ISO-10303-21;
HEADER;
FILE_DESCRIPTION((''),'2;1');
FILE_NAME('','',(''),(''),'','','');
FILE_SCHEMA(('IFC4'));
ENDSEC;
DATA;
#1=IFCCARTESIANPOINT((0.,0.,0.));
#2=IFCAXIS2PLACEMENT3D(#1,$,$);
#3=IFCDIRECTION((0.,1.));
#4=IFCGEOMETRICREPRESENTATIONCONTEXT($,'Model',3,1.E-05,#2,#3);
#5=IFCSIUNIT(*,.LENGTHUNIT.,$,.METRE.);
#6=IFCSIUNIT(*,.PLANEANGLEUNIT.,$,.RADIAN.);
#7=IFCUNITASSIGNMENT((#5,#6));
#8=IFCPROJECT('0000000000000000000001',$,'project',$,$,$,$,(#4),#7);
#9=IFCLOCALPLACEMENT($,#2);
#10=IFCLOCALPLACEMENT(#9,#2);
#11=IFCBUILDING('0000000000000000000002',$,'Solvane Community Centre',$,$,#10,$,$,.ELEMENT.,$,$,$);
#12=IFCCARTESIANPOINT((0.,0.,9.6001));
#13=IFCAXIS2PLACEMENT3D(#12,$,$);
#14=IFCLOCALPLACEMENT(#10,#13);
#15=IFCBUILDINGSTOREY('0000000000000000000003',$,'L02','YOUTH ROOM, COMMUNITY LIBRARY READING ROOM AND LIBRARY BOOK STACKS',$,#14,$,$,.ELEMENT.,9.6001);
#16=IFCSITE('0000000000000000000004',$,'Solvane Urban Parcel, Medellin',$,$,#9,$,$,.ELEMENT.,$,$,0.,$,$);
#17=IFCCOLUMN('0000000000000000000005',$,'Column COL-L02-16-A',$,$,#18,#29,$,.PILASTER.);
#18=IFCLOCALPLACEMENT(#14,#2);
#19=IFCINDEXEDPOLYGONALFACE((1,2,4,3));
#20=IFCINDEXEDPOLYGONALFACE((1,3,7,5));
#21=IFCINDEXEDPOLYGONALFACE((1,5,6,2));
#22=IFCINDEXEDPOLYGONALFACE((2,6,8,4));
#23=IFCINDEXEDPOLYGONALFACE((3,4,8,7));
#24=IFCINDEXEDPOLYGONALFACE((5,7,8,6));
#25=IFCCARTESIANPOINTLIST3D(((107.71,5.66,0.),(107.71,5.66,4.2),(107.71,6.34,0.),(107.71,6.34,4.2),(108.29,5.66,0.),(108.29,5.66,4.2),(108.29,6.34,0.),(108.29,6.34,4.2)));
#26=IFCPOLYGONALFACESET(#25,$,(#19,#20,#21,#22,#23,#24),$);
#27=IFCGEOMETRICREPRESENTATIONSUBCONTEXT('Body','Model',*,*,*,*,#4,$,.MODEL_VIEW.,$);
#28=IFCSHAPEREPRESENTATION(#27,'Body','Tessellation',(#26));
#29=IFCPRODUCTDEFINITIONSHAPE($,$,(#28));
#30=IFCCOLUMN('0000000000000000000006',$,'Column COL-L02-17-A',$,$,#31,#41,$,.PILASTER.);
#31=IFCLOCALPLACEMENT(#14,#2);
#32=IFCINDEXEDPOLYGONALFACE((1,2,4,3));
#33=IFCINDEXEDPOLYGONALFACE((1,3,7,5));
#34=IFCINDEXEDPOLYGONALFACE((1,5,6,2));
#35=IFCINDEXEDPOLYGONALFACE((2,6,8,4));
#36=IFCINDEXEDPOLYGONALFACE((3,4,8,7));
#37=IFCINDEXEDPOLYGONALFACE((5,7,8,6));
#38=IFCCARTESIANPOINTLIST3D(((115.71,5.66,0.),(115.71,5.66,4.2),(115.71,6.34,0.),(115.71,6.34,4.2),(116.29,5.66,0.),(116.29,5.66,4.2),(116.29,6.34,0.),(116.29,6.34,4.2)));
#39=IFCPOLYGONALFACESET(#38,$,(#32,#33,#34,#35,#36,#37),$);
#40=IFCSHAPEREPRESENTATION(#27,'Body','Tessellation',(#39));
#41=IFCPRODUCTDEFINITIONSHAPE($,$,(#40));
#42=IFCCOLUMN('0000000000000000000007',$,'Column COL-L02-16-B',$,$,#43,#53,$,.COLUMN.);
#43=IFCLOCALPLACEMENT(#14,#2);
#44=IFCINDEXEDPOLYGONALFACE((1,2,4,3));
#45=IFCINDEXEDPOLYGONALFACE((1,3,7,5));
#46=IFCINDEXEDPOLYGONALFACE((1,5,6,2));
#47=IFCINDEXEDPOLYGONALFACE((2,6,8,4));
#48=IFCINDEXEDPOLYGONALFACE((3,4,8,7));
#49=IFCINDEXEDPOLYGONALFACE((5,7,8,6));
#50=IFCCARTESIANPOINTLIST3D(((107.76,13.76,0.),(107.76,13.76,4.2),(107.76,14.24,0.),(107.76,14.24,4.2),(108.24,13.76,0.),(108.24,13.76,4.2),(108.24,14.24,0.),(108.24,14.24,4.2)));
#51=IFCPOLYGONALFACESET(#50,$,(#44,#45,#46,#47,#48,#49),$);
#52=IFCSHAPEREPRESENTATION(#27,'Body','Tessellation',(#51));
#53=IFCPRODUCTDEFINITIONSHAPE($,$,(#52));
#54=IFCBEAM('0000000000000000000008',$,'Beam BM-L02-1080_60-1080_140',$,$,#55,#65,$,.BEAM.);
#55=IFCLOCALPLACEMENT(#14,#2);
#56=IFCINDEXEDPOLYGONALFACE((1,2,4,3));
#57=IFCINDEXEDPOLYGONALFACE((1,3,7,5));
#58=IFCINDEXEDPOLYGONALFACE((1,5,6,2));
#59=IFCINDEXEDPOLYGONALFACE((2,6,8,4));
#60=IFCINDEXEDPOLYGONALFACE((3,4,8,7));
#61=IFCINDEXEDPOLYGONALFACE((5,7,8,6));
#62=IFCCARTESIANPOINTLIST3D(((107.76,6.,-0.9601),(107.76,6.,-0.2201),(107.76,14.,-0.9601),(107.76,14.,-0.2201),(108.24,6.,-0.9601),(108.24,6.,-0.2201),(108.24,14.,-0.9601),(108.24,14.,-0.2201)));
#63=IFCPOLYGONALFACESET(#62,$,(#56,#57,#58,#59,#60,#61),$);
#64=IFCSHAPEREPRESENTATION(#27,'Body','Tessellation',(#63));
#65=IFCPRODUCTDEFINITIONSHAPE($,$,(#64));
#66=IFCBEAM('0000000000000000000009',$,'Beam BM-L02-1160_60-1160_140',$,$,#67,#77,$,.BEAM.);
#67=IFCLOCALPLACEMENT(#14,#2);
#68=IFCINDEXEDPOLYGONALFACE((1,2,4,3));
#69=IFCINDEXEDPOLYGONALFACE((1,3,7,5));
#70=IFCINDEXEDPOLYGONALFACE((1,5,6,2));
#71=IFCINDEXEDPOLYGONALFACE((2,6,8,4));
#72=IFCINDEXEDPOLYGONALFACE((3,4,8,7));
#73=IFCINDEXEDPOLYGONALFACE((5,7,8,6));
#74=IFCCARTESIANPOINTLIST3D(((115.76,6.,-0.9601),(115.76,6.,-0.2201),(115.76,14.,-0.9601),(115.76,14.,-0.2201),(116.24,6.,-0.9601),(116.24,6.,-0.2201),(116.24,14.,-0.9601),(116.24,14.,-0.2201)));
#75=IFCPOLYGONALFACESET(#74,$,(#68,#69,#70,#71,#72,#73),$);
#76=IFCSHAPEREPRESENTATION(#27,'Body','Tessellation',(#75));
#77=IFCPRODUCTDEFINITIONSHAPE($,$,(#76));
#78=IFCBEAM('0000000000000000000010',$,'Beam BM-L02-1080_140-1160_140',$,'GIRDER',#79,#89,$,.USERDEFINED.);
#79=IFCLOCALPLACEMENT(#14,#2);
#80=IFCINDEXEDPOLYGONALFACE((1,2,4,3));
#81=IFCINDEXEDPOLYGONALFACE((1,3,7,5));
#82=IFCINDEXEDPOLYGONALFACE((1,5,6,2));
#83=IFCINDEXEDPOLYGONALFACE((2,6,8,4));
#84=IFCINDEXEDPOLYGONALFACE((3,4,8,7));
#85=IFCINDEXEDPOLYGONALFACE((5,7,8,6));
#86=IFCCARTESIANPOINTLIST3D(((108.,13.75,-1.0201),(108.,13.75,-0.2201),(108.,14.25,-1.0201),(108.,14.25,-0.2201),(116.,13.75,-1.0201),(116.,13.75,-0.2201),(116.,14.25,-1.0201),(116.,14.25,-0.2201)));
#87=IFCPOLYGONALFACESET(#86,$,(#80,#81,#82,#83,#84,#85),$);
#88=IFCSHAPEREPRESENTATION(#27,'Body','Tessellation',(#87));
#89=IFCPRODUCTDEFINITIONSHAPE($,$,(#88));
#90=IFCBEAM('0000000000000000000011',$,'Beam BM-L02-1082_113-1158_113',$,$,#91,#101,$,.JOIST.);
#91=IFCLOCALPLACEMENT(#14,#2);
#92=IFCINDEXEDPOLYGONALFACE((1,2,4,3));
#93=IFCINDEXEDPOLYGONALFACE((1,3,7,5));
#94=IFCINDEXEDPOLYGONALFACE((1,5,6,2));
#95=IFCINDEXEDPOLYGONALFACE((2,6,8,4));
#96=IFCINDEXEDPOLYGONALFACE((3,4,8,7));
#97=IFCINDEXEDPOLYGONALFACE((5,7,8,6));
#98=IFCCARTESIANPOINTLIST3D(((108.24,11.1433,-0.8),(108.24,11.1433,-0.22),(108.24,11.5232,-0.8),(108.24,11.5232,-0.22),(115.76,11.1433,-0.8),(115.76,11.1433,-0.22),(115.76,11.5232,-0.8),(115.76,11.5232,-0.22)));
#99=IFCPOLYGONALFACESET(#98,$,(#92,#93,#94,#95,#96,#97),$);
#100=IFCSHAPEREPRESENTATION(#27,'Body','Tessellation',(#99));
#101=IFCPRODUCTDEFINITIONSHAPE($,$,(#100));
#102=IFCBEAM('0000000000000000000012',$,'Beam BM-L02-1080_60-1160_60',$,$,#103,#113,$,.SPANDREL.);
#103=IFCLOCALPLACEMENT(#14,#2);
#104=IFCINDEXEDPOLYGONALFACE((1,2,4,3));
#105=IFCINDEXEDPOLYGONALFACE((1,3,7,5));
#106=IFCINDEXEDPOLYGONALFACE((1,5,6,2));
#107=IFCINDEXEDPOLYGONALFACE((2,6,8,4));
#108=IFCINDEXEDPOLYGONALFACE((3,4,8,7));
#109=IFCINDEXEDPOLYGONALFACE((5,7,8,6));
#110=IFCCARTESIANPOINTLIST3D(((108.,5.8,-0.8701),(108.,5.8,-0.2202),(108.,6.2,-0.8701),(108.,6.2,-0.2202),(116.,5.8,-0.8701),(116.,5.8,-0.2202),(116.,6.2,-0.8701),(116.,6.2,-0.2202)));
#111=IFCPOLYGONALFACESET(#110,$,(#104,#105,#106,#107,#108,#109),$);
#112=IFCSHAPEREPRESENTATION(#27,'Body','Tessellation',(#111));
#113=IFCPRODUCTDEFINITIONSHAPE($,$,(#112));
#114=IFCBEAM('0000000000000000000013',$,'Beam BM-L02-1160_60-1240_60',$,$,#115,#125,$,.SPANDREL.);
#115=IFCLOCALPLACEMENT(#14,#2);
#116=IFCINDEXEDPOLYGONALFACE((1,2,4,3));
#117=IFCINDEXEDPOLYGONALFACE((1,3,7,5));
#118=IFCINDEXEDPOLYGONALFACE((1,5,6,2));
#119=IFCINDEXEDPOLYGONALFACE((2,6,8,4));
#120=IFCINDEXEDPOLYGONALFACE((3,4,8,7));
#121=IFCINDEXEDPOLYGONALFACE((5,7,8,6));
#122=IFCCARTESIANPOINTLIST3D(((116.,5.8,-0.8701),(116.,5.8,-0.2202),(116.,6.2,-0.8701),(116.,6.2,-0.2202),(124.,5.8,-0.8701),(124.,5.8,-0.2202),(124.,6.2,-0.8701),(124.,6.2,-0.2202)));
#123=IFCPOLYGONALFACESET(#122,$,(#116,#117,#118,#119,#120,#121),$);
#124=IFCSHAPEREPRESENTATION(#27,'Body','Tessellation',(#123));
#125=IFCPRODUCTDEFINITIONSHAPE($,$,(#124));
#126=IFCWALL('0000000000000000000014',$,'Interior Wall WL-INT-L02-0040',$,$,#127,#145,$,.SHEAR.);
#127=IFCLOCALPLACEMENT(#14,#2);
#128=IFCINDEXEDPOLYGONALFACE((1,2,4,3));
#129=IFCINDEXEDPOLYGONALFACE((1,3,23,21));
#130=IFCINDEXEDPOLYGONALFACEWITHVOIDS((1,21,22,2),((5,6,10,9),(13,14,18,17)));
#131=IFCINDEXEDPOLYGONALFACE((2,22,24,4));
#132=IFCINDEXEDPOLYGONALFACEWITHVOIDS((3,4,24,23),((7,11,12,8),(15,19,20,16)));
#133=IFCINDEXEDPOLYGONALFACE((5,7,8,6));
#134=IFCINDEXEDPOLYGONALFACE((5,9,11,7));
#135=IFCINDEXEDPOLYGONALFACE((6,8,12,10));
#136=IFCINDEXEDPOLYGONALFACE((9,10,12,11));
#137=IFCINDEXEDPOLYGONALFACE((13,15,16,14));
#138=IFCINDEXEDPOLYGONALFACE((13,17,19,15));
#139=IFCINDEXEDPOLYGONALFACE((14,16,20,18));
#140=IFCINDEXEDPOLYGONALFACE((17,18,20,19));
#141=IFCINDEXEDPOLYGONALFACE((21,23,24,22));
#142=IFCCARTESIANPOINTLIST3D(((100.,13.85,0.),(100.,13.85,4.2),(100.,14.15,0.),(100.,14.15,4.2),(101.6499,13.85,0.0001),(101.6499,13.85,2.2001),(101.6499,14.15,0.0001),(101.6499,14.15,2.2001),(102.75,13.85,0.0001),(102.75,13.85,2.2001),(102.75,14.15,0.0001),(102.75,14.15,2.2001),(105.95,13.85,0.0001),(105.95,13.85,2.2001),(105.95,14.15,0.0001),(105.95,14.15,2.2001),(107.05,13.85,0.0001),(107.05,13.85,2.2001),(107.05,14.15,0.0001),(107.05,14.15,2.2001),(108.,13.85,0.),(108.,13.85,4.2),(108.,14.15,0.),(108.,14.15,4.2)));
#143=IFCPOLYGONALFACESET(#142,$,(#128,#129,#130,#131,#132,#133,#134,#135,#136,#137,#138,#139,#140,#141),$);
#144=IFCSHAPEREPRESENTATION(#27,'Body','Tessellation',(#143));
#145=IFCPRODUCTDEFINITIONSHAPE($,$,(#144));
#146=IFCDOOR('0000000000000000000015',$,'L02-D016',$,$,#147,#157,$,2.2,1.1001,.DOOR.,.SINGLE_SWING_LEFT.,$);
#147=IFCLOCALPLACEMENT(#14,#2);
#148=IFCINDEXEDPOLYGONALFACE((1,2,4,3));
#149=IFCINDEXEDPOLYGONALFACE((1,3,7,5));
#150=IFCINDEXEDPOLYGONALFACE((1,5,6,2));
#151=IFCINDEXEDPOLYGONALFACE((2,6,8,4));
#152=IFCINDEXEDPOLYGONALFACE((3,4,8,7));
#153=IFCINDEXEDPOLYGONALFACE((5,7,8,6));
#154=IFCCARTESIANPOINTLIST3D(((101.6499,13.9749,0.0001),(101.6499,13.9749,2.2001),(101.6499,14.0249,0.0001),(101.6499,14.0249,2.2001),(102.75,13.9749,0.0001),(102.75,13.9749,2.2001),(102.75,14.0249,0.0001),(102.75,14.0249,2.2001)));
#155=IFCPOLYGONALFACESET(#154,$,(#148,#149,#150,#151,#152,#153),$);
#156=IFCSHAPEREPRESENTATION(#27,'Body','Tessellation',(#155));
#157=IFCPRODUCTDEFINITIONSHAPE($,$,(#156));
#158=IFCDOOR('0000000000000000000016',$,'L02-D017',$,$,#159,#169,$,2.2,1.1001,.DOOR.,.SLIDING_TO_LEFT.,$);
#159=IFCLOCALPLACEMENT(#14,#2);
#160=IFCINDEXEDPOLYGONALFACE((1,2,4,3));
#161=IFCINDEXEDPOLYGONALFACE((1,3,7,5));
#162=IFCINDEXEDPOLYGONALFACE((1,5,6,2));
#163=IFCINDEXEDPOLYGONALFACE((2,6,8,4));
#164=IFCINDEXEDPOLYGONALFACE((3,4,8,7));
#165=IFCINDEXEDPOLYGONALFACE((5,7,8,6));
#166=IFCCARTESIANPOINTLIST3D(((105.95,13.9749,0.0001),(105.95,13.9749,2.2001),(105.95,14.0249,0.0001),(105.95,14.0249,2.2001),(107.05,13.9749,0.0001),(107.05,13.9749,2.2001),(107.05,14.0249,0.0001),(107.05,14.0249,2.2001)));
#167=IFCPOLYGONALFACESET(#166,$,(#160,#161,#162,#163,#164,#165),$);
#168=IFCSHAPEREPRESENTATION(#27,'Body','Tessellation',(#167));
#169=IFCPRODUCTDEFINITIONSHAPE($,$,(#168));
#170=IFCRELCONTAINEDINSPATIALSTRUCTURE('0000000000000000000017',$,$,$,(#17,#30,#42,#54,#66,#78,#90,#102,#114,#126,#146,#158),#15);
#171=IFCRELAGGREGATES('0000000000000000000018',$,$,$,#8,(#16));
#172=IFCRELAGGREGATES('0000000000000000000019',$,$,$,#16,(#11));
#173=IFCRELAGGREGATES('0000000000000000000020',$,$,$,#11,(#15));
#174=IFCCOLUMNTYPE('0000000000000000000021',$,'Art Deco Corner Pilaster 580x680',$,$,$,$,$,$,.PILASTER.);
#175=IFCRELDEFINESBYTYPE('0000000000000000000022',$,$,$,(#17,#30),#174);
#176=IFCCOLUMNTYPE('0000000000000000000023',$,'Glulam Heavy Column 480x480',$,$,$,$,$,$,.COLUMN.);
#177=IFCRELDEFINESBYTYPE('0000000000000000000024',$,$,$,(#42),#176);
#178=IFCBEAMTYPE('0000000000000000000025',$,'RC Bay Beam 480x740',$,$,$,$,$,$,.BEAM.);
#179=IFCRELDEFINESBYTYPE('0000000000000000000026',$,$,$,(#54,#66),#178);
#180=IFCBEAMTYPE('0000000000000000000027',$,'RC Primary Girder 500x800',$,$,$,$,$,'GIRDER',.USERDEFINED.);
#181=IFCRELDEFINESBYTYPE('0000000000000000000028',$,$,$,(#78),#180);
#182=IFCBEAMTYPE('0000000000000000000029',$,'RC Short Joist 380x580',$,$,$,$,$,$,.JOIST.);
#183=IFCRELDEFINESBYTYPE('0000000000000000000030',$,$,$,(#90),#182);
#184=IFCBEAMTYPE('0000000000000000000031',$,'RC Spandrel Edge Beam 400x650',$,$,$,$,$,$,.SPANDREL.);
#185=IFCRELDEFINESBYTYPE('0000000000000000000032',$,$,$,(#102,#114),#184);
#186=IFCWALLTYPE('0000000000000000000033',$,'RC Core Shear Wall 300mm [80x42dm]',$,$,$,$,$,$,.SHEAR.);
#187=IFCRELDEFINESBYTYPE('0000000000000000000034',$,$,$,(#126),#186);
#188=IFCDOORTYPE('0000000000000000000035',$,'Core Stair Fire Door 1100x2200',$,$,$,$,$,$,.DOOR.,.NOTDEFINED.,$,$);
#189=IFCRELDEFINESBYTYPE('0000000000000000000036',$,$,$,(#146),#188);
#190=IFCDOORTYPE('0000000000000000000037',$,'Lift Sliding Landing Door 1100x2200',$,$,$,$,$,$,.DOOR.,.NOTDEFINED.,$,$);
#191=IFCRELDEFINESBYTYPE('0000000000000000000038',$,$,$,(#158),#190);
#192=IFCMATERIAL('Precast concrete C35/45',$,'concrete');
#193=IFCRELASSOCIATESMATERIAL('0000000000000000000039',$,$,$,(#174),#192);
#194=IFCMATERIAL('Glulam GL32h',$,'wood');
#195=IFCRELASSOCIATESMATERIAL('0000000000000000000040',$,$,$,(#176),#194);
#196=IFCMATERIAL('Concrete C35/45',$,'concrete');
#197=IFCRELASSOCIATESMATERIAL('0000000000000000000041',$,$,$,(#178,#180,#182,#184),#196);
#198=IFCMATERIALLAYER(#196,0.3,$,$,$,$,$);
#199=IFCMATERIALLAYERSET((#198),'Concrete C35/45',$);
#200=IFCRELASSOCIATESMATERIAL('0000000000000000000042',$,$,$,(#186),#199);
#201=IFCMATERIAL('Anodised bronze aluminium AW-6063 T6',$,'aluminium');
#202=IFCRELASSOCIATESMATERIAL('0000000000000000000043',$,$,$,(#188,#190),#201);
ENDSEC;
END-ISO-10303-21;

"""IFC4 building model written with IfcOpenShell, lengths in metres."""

from ifc_helpers import new_model, si_unit, direction, frame, frame_2d, origin, origin_2d, place, context, subcontext, project, spatial, rectangle, extrude, material, layer, layer_set, material_profile, profile_set, type_object, element, fill, save


model = new_model("IFC4")

# Units and contexts
model_context = context("Model", 3, precision=1e-05, world=origin(), true_north=direction((0.0, 1.0)))
body_context = subcontext(model_context, "Body", "Model", "MODEL_VIEW")
ifc_project = project(units=[si_unit("LENGTHUNIT", "METRE"), si_unit("PLANEANGLEUNIT", "RADIAN")], contexts=[model_context])

# Site, building, storey
site_placement = place(None, origin())
site = spatial("IfcSite", under=ifc_project, at=site_placement, Name="Solvane Urban Parcel, Medellin", CompositionType="ELEMENT", RefElevation=0.0)
building_placement = place(site_placement, origin())
building = spatial("IfcBuilding", under=site, at=building_placement, Name="Solvane Community Centre", CompositionType="ELEMENT")
storey_placement = place(building_placement, frame((0.0, 0.0, 9.6001)))
storey = spatial("IfcBuildingStorey", under=building, at=storey_placement, Name="L02", Description="YOUTH ROOM, COMMUNITY LIBRARY READING ROOM AND LIBRARY BOOK STACKS", CompositionType="ELEMENT", Elevation=9.6001)

# Columns
ifc_material_1 = material(Name="Precast concrete C35/45", Category="concrete")
ifc_material_profile_1 = material_profile(ifc_material_1, rectangle(XDim=0.5801, YDim=0.6799, at=origin_2d()), Name="RC 580x680")
ifc_profile_set_1 = profile_set([ifc_material_profile_1], Name="Precast concrete C35/45")
column_type_1 = type_object("IfcColumnType", Name="Art Deco Corner Pilaster 580x680", PredefinedType="PILASTER", material=ifc_profile_set_1)
for number, where, z_axis, x_axis, name in (
    (1, (108.0, 6.0, 0.0), (0.0, 0.0, 1.0), (1.0, 0.0, 0.0), "Column COL-L02-16-A"),
    (2, (116.0, 6.0, 0.0), (0.0, 0.0, 1.0), (1.0, 0.0, 0.0), "Column COL-L02-17-A"),
):
    element("IfcColumn", number, at=place(storey_placement, frame(where, z_axis=z_axis, x_axis=x_axis)), inside=storey, type_object=column_type_1, Name=name, PredefinedType="PILASTER", context=body_context, shape_type="SweptSolid", body=[
        extrude(rectangle(XDim=0.5801, YDim=0.6799, at=origin_2d()), origin(), (0.0, 0.0, 1.0), 4.2),
    ])
ifc_material_2 = material(Name="Glulam GL32h", Category="wood")
ifc_material_profile_2 = material_profile(ifc_material_2, rectangle(XDim=0.48, YDim=0.48, at=origin_2d()), Name="GL32h 480x480")
ifc_profile_set_2 = profile_set([ifc_material_profile_2], Name="Glulam GL32h")
column_type_2 = type_object("IfcColumnType", Name="Glulam Heavy Column 480x480", PredefinedType="COLUMN", material=ifc_profile_set_2)
column_placement = place(storey_placement, frame((108.0, 14.0, 0.0), z_axis=(0.0, 0.0, 1.0), x_axis=(1.0, 0.0, 0.0)))
element("IfcColumn", 3, at=column_placement, inside=storey, type_object=column_type_2, Name="Column COL-L02-16-B", PredefinedType="COLUMN", context=body_context, shape_type="SweptSolid", body=[
    extrude(rectangle(XDim=0.48, YDim=0.48, at=origin_2d()), origin(), (0.0, 0.0, 1.0), 4.2),
])

# Beams
ifc_material_3 = material(Name="Concrete C35/45", Category="concrete")
ifc_material_profile_3 = material_profile(ifc_material_3, rectangle(XDim=0.48, YDim=0.74, at=origin_2d()), Name="RC 480x740")
ifc_profile_set_3 = profile_set([ifc_material_profile_3], Name="Concrete C35/45")
beam_type_1 = type_object("IfcBeamType", Name="RC Bay Beam 480x740", PredefinedType="BEAM", material=ifc_profile_set_3)
for number, where, z_axis, x_axis, name in (
    (4, (108.0, 6.0, -0.5901), (0.0, 1.0, 0.0), (-1.0, 0.0, 0.0), "Beam BM-L02-1080_60-1080_140"),
    (5, (116.0, 6.0, -0.5901), (0.0, 1.0, 0.0), (-1.0, 0.0, 0.0), "Beam BM-L02-1160_60-1160_140"),
):
    element("IfcBeam", number, at=place(storey_placement, frame(where, z_axis=z_axis, x_axis=x_axis)), inside=storey, type_object=beam_type_1, Name=name, PredefinedType="BEAM", context=body_context, shape_type="SweptSolid", body=[
        extrude(rectangle(XDim=0.48, YDim=0.74, at=origin_2d()), origin(), (0.0, 0.0, 1.0), 8.0),
    ])
ifc_material_profile_4 = material_profile(ifc_material_3, rectangle(XDim=0.5, YDim=0.8, at=origin_2d()), Name="RC 500x800")
ifc_profile_set_4 = profile_set([ifc_material_profile_4], Name="Concrete C35/45")
beam_type_2 = type_object("IfcBeamType", Name="RC Primary Girder 500x800", ElementType="GIRDER", PredefinedType="USERDEFINED", material=ifc_profile_set_4)
beam_1_placement = place(storey_placement, frame((108.0, 14.0, -0.6201), z_axis=(1.0, 0.0, 0.0), x_axis=(0.0, 1.0, 0.0)))
element("IfcBeam", 6, at=beam_1_placement, inside=storey, type_object=beam_type_2, Name="Beam BM-L02-1080_140-1160_140", ObjectType="GIRDER", PredefinedType="USERDEFINED", context=body_context, shape_type="SweptSolid", body=[
    extrude(rectangle(XDim=0.5, YDim=0.8, at=origin_2d()), origin(), (0.0, 0.0, 1.0), 8.0),
])
ifc_material_profile_5 = material_profile(ifc_material_3, rectangle(XDim=0.3799, YDim=0.5801, at=origin_2d()), Name="RC 380x580")
ifc_profile_set_5 = profile_set([ifc_material_profile_5], Name="Concrete C35/45")
beam_type_3 = type_object("IfcBeamType", Name="RC Short Joist 380x580", PredefinedType="JOIST", material=ifc_profile_set_5)
beam_2_placement = place(storey_placement, frame((108.24, 11.3333, -0.51), z_axis=(1.0, 0.0, 0.0), x_axis=(0.0, 1.0, 0.0)))
element("IfcBeam", 7, at=beam_2_placement, inside=storey, type_object=beam_type_3, Name="Beam BM-L02-1082_113-1158_113", PredefinedType="JOIST", context=body_context, shape_type="SweptSolid", body=[
    extrude(rectangle(XDim=0.3799, YDim=0.5801, at=origin_2d()), origin(), (0.0, 0.0, 1.0), 7.52),
])
ifc_material_profile_6 = material_profile(ifc_material_3, rectangle(XDim=0.3999, YDim=0.6499, at=origin_2d()), Name="RC 400x650")
ifc_profile_set_6 = profile_set([ifc_material_profile_6], Name="Concrete C35/45")
beam_type_4 = type_object("IfcBeamType", Name="RC Spandrel Edge Beam 400x650", PredefinedType="SPANDREL", material=ifc_profile_set_6)
for number, where, z_axis, x_axis, name in (
    (8, (108.0, 6.0, -0.5452), (1.0, 0.0, 0.0), (0.0, 1.0, 0.0), "Beam BM-L02-1080_60-1160_60"),
    (9, (116.0, 6.0, -0.5452), (1.0, 0.0, 0.0), (0.0, 1.0, 0.0), "Beam BM-L02-1160_60-1240_60"),
):
    element("IfcBeam", number, at=place(storey_placement, frame(where, z_axis=z_axis, x_axis=x_axis)), inside=storey, type_object=beam_type_4, Name=name, PredefinedType="SPANDREL", context=body_context, shape_type="SweptSolid", body=[
        extrude(rectangle(XDim=0.3999, YDim=0.6499, at=origin_2d()), origin(), (0.0, 0.0, 1.0), 8.0),
    ])

# Wall, openings, doors
ifc_layer_1 = layer(ifc_material_3, 0.3)
ifc_layer_set_1 = layer_set([ifc_layer_1], Name="Concrete C35/45")
wall_type_1 = type_object("IfcWallType", Name="RC Core Shear Wall 300mm [80x42dm]", PredefinedType="SHEAR", material=ifc_layer_set_1)
wall_1_placement = place(storey_placement, frame((100.0, 14.0, 0.0), z_axis=(0.0, 0.0, 1.0), x_axis=(1.0, 0.0, 0.0)))
wall_1 = element("IfcWall", 10, at=wall_1_placement, inside=storey, type_object=wall_type_1, Name="Interior Wall WL-INT-L02-0040", PredefinedType="SHEAR", context=body_context, shape_type="SweptSolid", body=[
    extrude(rectangle(XDim=8.0, YDim=0.3, at=frame_2d((4.0, 0.0))), origin(), (0.0, 0.0, 1.0), 4.2),
])
opening_1_placement = place(wall_1_placement, frame((1.6499, 0.0, 0.0)))
opening_1 = element("IfcOpeningElement", 11, at=opening_1_placement, cuts=wall_1, PredefinedType="OPENING", context=body_context, shape_type="SweptSolid", body=[
    extrude(rectangle(XDim=1.1001, YDim=2.2, at=frame_2d((0.55, 1.1001))), frame((0.0, 0.1599, 0.0), z_axis=(0.0, -1.0, 0.0), x_axis=(1.0, 0.0, 0.0)), (0.0, 0.0, 1.0), 0.3201),
])
opening_2_placement = place(wall_1_placement, frame((5.95, 0.0, 0.0)))
opening_2 = element("IfcOpeningElement", 12, at=opening_2_placement, cuts=wall_1, PredefinedType="OPENING", context=body_context, shape_type="SweptSolid", body=[
    extrude(rectangle(XDim=1.1001, YDim=2.2, at=frame_2d((0.55, 1.1001))), frame((0.0, 0.1599, 0.0), z_axis=(0.0, -1.0, 0.0), x_axis=(1.0, 0.0, 0.0)), (0.0, 0.0, 1.0), 0.3201),
])
ifc_material_4 = material(Name="Anodised bronze aluminium AW-6063 T6", Category="aluminium")
door_type_1 = type_object("IfcDoorType", Name="Core Stair Fire Door 1100x2200", OperationType="NOTDEFINED", PredefinedType="DOOR", material=ifc_material_4)
door_1_placement = place(opening_1_placement, origin())
door_1 = element("IfcDoor", 13, at=door_1_placement, inside=storey, type_object=door_type_1, Name="L02-D016", OperationType="SINGLE_SWING_LEFT", OverallHeight=2.2, OverallWidth=1.1001, PredefinedType="DOOR", context=body_context, shape_type="SweptSolid", body=[
    extrude(rectangle(XDim=1.1001, YDim=2.2, at=frame_2d((0.55, 1.1001))), frame((0.0, 0.0249, 0.0), z_axis=(0.0, -1.0, 0.0), x_axis=(1.0, 0.0, 0.0)), (0.0, 0.0, 1.0), 0.05),
])
fill(opening_1, door_1)
door_type_2 = type_object("IfcDoorType", Name="Lift Sliding Landing Door 1100x2200", OperationType="NOTDEFINED", PredefinedType="DOOR", material=ifc_material_4)
door_2_placement = place(opening_2_placement, origin())
door_2 = element("IfcDoor", 14, at=door_2_placement, inside=storey, type_object=door_type_2, Name="L02-D017", OperationType="SLIDING_TO_LEFT", OverallHeight=2.2, OverallWidth=1.1001, PredefinedType="DOOR", context=body_context, shape_type="SweptSolid", body=[
    extrude(rectangle(XDim=1.1001, YDim=2.2, at=frame_2d((0.55, 1.1001))), frame((0.0, 0.0249, 0.0), z_axis=(0.0, -1.0, 0.0), x_axis=(1.0, 0.0, 0.0)), (0.0, 0.0, 1.0), 0.05),
])
fill(opening_2, door_2)

save(model, "model.ifc")
